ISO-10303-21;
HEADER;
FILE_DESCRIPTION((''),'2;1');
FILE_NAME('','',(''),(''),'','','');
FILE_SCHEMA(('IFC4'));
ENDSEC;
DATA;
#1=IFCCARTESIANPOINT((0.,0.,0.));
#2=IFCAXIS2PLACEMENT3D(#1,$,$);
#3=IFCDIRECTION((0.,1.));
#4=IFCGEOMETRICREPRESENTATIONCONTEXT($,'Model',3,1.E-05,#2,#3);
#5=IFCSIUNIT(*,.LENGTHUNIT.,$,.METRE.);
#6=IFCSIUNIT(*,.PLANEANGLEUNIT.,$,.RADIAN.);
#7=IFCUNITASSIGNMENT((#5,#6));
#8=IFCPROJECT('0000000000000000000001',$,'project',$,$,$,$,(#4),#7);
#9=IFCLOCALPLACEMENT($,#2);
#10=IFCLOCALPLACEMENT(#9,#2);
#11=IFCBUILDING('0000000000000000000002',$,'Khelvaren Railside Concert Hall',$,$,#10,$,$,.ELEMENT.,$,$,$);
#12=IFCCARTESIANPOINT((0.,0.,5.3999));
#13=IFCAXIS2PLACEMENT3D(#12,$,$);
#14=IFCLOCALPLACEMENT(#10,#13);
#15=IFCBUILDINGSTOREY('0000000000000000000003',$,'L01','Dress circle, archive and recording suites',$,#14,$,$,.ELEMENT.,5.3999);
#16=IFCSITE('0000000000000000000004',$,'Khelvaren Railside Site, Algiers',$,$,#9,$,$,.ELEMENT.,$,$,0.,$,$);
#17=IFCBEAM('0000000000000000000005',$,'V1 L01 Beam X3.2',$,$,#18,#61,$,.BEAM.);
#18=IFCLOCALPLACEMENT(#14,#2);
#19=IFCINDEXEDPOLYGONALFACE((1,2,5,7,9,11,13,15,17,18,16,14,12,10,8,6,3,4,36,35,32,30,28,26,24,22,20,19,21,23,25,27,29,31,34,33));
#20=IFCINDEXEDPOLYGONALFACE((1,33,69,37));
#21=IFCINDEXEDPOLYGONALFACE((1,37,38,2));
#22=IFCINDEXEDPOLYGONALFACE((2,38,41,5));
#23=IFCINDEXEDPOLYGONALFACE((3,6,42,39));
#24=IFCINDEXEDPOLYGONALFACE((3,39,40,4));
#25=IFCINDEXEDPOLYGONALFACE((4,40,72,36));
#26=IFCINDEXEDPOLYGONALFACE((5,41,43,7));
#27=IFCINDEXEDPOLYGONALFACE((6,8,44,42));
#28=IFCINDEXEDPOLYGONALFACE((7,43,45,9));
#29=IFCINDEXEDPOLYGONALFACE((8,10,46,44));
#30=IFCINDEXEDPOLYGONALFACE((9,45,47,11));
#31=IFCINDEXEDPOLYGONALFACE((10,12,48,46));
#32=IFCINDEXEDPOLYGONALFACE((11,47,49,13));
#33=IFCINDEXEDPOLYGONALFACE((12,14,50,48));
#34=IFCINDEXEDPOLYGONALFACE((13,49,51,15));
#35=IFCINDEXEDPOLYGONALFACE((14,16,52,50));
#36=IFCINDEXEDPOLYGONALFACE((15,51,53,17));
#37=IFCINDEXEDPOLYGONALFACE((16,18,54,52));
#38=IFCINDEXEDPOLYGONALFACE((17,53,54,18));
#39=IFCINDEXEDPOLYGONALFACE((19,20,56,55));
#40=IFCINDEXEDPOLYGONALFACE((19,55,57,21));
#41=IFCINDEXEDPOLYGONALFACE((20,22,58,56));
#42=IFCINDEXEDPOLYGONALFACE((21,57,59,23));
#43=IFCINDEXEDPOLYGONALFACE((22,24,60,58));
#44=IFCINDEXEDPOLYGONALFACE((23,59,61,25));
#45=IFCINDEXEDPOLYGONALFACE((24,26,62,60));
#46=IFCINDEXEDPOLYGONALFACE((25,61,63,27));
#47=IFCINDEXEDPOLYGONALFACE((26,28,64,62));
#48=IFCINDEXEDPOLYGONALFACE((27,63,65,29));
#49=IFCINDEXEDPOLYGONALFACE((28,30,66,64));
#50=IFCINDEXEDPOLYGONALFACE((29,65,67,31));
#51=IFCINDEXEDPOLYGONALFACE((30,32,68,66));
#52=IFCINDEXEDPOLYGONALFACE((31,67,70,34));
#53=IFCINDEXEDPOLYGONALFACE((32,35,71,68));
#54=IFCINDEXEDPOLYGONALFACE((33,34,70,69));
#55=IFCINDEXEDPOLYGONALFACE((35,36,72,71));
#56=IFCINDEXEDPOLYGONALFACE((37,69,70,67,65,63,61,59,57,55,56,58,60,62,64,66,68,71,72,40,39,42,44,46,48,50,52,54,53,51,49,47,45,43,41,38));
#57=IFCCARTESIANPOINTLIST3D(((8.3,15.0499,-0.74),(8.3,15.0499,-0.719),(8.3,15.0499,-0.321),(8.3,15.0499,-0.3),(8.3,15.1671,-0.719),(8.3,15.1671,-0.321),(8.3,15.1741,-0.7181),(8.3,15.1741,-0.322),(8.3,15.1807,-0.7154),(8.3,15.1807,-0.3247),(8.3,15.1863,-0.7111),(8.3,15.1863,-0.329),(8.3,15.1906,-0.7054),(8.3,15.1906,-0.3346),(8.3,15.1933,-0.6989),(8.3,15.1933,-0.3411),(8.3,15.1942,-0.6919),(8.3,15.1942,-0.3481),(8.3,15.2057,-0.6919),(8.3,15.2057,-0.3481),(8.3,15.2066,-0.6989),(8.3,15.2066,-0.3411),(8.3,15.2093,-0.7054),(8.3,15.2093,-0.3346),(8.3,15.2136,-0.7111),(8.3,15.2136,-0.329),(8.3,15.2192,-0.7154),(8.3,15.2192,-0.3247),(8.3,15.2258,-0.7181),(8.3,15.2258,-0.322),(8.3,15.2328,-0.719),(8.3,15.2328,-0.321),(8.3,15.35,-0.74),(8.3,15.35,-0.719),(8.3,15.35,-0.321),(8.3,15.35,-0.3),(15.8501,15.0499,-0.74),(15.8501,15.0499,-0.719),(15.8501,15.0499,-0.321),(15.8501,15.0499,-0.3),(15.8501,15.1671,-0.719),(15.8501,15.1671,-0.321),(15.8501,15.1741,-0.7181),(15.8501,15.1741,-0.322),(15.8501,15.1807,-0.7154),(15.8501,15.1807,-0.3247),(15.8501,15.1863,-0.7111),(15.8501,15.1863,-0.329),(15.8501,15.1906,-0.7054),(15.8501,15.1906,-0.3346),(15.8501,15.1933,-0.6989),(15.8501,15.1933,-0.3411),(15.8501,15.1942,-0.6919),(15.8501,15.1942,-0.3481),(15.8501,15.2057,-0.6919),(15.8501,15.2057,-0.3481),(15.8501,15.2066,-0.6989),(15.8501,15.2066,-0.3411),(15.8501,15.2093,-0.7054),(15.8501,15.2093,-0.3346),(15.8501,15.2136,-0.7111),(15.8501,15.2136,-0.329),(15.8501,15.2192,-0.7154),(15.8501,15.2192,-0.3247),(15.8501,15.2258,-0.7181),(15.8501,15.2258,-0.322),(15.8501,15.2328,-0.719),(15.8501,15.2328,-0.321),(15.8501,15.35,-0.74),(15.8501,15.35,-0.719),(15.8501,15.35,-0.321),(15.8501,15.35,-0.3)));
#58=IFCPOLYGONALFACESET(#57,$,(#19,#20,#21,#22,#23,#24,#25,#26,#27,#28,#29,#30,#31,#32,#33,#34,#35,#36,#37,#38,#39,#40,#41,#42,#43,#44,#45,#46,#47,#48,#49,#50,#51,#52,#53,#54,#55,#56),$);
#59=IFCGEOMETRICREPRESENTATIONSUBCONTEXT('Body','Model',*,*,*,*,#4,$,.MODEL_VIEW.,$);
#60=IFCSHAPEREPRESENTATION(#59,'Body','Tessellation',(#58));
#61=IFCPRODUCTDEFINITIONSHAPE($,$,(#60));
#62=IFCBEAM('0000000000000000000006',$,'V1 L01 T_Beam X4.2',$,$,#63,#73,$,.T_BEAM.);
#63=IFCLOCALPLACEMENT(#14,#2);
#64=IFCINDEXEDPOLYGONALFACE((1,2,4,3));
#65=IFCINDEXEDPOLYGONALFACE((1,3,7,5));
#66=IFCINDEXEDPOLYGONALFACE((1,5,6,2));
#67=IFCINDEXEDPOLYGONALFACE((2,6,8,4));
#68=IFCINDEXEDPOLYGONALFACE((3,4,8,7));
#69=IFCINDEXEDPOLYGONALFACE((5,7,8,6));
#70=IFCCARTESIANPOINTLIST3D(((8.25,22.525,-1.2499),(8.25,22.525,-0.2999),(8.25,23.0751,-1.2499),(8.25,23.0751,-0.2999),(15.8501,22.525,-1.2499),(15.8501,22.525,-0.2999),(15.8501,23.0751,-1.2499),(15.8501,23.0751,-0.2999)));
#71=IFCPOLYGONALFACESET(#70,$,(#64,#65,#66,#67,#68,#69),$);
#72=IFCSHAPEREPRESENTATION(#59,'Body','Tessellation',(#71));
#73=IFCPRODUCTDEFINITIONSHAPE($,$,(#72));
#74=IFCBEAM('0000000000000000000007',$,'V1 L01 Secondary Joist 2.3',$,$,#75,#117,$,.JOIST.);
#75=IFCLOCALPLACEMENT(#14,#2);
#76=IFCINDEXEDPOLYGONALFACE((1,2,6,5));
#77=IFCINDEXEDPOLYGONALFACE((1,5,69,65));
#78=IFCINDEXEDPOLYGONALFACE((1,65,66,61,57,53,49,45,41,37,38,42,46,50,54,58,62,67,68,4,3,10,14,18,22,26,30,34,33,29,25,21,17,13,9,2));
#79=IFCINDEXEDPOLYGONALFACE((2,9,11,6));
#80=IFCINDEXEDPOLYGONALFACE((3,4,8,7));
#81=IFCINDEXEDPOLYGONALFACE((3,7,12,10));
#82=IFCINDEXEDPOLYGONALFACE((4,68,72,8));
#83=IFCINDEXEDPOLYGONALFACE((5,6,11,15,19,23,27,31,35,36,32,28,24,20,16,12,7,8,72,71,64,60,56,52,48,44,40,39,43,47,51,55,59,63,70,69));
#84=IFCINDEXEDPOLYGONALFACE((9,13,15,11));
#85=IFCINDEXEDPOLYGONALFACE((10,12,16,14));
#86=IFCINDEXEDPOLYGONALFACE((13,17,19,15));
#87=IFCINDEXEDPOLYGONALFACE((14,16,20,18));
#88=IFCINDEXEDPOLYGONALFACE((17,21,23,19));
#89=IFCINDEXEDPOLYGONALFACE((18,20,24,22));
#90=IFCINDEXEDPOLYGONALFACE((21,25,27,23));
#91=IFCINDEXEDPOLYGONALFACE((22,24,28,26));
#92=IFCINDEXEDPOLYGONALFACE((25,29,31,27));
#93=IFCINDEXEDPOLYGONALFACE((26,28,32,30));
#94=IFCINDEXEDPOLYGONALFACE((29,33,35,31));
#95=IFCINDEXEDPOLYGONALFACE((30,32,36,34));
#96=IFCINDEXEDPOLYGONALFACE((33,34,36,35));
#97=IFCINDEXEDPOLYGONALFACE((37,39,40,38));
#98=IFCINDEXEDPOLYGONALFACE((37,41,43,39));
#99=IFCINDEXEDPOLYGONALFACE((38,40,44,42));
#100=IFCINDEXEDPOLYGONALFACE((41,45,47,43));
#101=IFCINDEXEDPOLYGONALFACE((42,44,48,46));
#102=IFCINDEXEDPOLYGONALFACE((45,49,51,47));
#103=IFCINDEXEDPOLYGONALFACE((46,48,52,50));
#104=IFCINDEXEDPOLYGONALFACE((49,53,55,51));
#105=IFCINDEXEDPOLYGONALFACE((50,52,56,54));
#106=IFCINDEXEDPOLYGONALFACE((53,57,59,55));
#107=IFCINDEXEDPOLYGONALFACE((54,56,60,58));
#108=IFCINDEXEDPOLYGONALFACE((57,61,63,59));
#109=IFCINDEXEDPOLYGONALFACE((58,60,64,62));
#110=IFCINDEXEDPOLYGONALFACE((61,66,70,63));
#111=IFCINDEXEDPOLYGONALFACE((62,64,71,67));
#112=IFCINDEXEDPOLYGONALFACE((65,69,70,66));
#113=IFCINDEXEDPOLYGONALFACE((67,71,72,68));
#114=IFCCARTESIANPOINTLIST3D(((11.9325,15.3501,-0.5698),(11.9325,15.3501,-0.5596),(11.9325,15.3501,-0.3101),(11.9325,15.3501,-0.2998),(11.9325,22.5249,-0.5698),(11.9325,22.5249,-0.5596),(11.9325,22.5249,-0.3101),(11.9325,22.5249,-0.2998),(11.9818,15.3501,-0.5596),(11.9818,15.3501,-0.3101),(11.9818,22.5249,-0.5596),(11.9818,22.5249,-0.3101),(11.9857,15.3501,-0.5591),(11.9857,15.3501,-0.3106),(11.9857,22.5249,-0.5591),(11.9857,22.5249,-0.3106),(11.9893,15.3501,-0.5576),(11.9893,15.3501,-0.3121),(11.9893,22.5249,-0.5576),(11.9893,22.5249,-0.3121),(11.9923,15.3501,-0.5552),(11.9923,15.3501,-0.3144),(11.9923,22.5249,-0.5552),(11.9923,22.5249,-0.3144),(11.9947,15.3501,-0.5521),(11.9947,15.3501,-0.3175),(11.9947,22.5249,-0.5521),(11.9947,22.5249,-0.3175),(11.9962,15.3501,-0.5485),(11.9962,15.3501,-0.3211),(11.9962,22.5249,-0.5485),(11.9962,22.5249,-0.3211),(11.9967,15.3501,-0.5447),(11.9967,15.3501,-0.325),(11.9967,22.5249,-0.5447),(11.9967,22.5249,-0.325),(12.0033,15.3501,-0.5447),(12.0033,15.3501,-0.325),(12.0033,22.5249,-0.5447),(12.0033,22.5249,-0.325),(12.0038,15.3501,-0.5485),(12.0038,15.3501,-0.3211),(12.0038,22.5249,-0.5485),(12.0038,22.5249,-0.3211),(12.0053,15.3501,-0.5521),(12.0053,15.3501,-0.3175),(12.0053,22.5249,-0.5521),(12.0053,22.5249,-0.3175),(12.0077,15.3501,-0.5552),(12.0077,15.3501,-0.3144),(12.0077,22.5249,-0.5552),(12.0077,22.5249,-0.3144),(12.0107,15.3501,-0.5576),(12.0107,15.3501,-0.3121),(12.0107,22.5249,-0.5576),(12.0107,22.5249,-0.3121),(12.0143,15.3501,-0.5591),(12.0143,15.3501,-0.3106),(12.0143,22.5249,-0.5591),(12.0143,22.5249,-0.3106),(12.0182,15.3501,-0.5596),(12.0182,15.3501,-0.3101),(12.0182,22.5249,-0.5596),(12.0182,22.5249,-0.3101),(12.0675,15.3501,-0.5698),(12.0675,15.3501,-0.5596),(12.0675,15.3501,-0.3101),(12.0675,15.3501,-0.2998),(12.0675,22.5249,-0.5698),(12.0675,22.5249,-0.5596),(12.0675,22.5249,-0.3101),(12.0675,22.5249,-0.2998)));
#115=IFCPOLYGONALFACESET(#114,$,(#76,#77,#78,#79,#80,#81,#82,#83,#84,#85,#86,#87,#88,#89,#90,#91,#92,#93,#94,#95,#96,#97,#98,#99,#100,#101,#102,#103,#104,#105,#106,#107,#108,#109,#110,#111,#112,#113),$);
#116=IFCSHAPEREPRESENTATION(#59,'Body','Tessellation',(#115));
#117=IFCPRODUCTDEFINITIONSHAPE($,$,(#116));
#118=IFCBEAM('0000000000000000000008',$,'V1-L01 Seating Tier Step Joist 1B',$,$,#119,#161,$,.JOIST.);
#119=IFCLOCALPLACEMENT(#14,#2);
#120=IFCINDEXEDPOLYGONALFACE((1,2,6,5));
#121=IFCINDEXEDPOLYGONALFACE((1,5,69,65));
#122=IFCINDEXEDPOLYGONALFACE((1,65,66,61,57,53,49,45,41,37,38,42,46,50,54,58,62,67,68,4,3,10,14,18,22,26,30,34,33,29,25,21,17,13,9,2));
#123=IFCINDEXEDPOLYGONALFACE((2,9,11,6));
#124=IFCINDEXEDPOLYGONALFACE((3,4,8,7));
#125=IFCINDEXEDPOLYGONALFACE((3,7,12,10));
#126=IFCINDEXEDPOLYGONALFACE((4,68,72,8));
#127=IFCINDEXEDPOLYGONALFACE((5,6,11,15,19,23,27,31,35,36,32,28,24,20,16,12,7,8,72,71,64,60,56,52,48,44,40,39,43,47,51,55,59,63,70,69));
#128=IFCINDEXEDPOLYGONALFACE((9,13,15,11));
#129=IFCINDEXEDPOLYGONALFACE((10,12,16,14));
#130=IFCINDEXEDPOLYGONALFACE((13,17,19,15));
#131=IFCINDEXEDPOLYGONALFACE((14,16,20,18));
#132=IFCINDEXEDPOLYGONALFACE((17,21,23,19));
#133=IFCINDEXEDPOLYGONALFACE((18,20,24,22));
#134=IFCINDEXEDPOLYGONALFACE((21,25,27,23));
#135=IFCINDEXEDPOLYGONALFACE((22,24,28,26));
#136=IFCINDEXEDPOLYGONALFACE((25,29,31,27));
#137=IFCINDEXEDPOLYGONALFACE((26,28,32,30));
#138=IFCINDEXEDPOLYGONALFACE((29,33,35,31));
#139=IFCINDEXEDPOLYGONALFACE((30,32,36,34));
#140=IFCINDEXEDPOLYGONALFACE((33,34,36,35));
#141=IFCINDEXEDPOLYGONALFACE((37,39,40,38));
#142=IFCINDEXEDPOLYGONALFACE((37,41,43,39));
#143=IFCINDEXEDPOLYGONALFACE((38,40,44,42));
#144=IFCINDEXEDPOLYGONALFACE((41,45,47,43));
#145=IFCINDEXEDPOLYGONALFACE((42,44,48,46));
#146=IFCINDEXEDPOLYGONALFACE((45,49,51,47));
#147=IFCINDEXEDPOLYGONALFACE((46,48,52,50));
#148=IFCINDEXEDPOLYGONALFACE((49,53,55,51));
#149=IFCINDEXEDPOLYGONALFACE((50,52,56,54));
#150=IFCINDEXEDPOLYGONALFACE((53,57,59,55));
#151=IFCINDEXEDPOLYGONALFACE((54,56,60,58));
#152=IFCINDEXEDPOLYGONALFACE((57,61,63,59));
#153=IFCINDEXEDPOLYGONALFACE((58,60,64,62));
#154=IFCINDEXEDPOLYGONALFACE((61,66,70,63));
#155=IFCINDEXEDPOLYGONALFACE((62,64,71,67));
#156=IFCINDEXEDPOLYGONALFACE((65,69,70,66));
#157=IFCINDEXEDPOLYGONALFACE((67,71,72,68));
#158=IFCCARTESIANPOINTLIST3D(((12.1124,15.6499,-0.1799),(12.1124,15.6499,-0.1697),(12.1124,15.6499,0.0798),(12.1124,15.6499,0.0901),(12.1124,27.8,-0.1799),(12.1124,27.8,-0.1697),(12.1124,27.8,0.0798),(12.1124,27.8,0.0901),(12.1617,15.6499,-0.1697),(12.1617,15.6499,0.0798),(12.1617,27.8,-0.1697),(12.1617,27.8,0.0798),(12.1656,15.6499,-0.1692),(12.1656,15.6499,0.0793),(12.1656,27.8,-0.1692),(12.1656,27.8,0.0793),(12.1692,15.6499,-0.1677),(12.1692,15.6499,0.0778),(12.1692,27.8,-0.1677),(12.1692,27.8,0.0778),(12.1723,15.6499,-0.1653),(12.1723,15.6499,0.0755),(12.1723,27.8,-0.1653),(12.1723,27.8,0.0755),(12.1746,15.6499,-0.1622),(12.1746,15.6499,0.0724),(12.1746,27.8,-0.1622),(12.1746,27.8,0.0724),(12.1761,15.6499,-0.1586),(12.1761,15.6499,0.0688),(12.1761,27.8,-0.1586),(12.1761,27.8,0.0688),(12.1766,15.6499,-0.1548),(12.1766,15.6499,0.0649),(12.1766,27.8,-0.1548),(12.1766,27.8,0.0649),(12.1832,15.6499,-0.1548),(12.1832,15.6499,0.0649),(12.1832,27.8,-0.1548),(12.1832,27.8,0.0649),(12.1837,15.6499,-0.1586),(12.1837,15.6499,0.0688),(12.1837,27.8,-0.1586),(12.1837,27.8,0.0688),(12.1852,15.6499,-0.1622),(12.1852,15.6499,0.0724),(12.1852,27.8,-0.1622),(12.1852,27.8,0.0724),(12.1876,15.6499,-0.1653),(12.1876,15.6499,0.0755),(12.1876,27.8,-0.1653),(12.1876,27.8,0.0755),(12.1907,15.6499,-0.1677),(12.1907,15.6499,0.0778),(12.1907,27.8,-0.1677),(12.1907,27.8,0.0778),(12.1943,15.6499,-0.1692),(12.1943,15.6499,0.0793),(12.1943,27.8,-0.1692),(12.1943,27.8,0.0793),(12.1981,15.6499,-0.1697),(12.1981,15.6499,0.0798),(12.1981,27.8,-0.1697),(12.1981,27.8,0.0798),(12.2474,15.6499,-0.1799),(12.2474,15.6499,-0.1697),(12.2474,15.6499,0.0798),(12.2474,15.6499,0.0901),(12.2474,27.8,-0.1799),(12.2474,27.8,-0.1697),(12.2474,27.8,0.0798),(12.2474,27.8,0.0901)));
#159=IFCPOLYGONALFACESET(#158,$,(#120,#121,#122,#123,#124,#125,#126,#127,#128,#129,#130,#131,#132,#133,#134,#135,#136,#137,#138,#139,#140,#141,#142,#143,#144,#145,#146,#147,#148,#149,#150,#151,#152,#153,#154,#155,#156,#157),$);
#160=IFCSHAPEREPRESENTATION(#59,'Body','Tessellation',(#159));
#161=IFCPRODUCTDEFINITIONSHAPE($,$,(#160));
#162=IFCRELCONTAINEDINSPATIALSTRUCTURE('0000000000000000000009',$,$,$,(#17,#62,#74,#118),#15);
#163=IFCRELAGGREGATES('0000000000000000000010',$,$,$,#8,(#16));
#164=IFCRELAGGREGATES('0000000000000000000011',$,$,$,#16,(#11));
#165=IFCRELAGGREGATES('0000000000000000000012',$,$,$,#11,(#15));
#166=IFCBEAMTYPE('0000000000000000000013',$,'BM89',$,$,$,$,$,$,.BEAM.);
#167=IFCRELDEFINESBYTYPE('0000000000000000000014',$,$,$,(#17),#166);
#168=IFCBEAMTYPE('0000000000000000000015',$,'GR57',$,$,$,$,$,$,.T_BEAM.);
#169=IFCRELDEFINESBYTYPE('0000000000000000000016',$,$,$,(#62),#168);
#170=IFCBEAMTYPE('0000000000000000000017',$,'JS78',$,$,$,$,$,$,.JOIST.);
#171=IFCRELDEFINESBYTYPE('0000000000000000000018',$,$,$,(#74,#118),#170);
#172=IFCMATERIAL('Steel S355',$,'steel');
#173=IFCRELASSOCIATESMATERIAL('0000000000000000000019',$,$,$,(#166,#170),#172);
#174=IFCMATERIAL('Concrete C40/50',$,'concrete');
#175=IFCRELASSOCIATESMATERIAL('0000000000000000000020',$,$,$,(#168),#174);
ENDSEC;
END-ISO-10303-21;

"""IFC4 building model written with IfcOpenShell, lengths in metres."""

from ifc_helpers import new_model, si_unit, direction, frame, origin, origin_2d, place, context, subcontext, project, spatial, rectangle, i_section, extrude, material, material_profile, profile_set, type_object, element, save


model = new_model("IFC4")

# Units and contexts
model_context = context("Model", 3, precision=1e-05, world=origin(), true_north=direction((0.0, 1.0)))
body_context = subcontext(model_context, "Body", "Model", "MODEL_VIEW")
ifc_project = project(units=[si_unit("LENGTHUNIT", "METRE"), si_unit("PLANEANGLEUNIT", "RADIAN")], contexts=[model_context])

# Site, building, storey
site_placement = place(None, origin())
site = spatial("IfcSite", under=ifc_project, at=site_placement, Name="Khelvaren Railside Site, Algiers", CompositionType="ELEMENT", RefElevation=0.0)
building_placement = place(site_placement, origin())
building = spatial("IfcBuilding", under=site, at=building_placement, Name="Khelvaren Railside Concert Hall", CompositionType="ELEMENT")
storey_placement = place(building_placement, frame((0.0, 0.0, 5.3999)))
storey = spatial("IfcBuildingStorey", under=building, at=storey_placement, Name="L01", Description="Dress circle, archive and recording suites", CompositionType="ELEMENT", Elevation=5.3999)

# Beams
ifc_material_1 = material(Name="Steel S355", Category="steel")
ifc_material_profile_1 = material_profile(ifc_material_1, i_section(OverallWidth=0.3, OverallDepth=0.4399, WebThickness=0.0115, FlangeThickness=0.021, FilletRadius=0.0271, at=origin_2d()), Name="HEA 450")
ifc_profile_set_1 = profile_set([ifc_material_profile_1], Name="Steel S355")
beam_type_1 = type_object("IfcBeamType", Name="BM89", PredefinedType="BEAM", material=ifc_profile_set_1)
beam_1_placement = place(storey_placement, frame((8.3, 15.2, -0.52), z_axis=(1.0, 0.0, 0.0), x_axis=(0.0, 1.0, 0.0)))
element("IfcBeam", 1, at=beam_1_placement, inside=storey, type_object=beam_type_1, Name="V1 L01 Beam X3.2", PredefinedType="BEAM", context=body_context, shape_type="SweptSolid", body=[
    extrude(i_section(OverallWidth=0.3, OverallDepth=0.4399, WebThickness=0.0115, FlangeThickness=0.021, FilletRadius=0.0271, at=origin_2d()), origin(), (0.0, 0.0, 1.0), 7.55),
])
ifc_material_2 = material(Name="Concrete C40/50", Category="concrete")
ifc_material_profile_2 = material_profile(ifc_material_2, rectangle(XDim=0.55, YDim=0.95, at=origin_2d()), Name="RCB 550x950")
ifc_profile_set_2 = profile_set([ifc_material_profile_2], Name="Concrete C40/50")
beam_type_2 = type_object("IfcBeamType", Name="GR57", PredefinedType="T_BEAM", material=ifc_profile_set_2)
beam_2_placement = place(storey_placement, frame((8.25, 22.8, -0.7749), z_axis=(1.0, 0.0, 0.0), x_axis=(0.0, 1.0, 0.0)))
element("IfcBeam", 2, at=beam_2_placement, inside=storey, type_object=beam_type_2, Name="V1 L01 T_Beam X4.2", PredefinedType="T_BEAM", context=body_context, shape_type="SweptSolid", body=[
    extrude(rectangle(XDim=0.55, YDim=0.95, at=origin_2d()), origin(), (0.0, 0.0, 1.0), 7.6001),
])
ifc_material_profile_3 = material_profile(ifc_material_1, i_section(OverallWidth=0.135, OverallDepth=0.27, WebThickness=0.0066, FlangeThickness=0.0103, FilletRadius=0.0149, at=origin_2d()), Name="IPE 270")
ifc_profile_set_3 = profile_set([ifc_material_profile_3], Name="Steel S355")
beam_type_3 = type_object("IfcBeamType", Name="JS78", PredefinedType="JOIST", material=ifc_profile_set_3)
beam_3_placement = place(storey_placement, frame((12.0, 15.3501, -0.4348), z_axis=(0.0, 1.0, 0.0), x_axis=(-1.0, 0.0, 0.0)))
element("IfcBeam", 3, at=beam_3_placement, inside=storey, type_object=beam_type_3, Name="V1 L01 Secondary Joist 2.3", PredefinedType="JOIST", context=body_context, shape_type="SweptSolid", body=[
    extrude(i_section(OverallWidth=0.135, OverallDepth=0.27, WebThickness=0.0066, FlangeThickness=0.0103, FilletRadius=0.0149, at=origin_2d()), origin(), (0.0, 0.0, 1.0), 7.1748),
])
for number, where, z_axis, x_axis, name in (
    (4, (12.1799, 15.6499, -0.0449), (0.0, 1.0, 0.0), (-1.0, 0.0, 0.0), "V1-L01 Seating Tier Step Joist 1B"),
):
    element("IfcBeam", number, at=place(storey_placement, frame(where, z_axis=z_axis, x_axis=x_axis)), inside=storey, type_object=beam_type_3, Name=name, PredefinedType="JOIST", context=body_context, shape_type="SweptSolid", body=[
        extrude(i_section(OverallWidth=0.135, OverallDepth=0.27, WebThickness=0.0066, FlangeThickness=0.0103, FilletRadius=0.0149, at=origin_2d()), origin(), (0.0, 0.0, 1.0), 12.1501),
    ])

save(model, "model.ifc")
